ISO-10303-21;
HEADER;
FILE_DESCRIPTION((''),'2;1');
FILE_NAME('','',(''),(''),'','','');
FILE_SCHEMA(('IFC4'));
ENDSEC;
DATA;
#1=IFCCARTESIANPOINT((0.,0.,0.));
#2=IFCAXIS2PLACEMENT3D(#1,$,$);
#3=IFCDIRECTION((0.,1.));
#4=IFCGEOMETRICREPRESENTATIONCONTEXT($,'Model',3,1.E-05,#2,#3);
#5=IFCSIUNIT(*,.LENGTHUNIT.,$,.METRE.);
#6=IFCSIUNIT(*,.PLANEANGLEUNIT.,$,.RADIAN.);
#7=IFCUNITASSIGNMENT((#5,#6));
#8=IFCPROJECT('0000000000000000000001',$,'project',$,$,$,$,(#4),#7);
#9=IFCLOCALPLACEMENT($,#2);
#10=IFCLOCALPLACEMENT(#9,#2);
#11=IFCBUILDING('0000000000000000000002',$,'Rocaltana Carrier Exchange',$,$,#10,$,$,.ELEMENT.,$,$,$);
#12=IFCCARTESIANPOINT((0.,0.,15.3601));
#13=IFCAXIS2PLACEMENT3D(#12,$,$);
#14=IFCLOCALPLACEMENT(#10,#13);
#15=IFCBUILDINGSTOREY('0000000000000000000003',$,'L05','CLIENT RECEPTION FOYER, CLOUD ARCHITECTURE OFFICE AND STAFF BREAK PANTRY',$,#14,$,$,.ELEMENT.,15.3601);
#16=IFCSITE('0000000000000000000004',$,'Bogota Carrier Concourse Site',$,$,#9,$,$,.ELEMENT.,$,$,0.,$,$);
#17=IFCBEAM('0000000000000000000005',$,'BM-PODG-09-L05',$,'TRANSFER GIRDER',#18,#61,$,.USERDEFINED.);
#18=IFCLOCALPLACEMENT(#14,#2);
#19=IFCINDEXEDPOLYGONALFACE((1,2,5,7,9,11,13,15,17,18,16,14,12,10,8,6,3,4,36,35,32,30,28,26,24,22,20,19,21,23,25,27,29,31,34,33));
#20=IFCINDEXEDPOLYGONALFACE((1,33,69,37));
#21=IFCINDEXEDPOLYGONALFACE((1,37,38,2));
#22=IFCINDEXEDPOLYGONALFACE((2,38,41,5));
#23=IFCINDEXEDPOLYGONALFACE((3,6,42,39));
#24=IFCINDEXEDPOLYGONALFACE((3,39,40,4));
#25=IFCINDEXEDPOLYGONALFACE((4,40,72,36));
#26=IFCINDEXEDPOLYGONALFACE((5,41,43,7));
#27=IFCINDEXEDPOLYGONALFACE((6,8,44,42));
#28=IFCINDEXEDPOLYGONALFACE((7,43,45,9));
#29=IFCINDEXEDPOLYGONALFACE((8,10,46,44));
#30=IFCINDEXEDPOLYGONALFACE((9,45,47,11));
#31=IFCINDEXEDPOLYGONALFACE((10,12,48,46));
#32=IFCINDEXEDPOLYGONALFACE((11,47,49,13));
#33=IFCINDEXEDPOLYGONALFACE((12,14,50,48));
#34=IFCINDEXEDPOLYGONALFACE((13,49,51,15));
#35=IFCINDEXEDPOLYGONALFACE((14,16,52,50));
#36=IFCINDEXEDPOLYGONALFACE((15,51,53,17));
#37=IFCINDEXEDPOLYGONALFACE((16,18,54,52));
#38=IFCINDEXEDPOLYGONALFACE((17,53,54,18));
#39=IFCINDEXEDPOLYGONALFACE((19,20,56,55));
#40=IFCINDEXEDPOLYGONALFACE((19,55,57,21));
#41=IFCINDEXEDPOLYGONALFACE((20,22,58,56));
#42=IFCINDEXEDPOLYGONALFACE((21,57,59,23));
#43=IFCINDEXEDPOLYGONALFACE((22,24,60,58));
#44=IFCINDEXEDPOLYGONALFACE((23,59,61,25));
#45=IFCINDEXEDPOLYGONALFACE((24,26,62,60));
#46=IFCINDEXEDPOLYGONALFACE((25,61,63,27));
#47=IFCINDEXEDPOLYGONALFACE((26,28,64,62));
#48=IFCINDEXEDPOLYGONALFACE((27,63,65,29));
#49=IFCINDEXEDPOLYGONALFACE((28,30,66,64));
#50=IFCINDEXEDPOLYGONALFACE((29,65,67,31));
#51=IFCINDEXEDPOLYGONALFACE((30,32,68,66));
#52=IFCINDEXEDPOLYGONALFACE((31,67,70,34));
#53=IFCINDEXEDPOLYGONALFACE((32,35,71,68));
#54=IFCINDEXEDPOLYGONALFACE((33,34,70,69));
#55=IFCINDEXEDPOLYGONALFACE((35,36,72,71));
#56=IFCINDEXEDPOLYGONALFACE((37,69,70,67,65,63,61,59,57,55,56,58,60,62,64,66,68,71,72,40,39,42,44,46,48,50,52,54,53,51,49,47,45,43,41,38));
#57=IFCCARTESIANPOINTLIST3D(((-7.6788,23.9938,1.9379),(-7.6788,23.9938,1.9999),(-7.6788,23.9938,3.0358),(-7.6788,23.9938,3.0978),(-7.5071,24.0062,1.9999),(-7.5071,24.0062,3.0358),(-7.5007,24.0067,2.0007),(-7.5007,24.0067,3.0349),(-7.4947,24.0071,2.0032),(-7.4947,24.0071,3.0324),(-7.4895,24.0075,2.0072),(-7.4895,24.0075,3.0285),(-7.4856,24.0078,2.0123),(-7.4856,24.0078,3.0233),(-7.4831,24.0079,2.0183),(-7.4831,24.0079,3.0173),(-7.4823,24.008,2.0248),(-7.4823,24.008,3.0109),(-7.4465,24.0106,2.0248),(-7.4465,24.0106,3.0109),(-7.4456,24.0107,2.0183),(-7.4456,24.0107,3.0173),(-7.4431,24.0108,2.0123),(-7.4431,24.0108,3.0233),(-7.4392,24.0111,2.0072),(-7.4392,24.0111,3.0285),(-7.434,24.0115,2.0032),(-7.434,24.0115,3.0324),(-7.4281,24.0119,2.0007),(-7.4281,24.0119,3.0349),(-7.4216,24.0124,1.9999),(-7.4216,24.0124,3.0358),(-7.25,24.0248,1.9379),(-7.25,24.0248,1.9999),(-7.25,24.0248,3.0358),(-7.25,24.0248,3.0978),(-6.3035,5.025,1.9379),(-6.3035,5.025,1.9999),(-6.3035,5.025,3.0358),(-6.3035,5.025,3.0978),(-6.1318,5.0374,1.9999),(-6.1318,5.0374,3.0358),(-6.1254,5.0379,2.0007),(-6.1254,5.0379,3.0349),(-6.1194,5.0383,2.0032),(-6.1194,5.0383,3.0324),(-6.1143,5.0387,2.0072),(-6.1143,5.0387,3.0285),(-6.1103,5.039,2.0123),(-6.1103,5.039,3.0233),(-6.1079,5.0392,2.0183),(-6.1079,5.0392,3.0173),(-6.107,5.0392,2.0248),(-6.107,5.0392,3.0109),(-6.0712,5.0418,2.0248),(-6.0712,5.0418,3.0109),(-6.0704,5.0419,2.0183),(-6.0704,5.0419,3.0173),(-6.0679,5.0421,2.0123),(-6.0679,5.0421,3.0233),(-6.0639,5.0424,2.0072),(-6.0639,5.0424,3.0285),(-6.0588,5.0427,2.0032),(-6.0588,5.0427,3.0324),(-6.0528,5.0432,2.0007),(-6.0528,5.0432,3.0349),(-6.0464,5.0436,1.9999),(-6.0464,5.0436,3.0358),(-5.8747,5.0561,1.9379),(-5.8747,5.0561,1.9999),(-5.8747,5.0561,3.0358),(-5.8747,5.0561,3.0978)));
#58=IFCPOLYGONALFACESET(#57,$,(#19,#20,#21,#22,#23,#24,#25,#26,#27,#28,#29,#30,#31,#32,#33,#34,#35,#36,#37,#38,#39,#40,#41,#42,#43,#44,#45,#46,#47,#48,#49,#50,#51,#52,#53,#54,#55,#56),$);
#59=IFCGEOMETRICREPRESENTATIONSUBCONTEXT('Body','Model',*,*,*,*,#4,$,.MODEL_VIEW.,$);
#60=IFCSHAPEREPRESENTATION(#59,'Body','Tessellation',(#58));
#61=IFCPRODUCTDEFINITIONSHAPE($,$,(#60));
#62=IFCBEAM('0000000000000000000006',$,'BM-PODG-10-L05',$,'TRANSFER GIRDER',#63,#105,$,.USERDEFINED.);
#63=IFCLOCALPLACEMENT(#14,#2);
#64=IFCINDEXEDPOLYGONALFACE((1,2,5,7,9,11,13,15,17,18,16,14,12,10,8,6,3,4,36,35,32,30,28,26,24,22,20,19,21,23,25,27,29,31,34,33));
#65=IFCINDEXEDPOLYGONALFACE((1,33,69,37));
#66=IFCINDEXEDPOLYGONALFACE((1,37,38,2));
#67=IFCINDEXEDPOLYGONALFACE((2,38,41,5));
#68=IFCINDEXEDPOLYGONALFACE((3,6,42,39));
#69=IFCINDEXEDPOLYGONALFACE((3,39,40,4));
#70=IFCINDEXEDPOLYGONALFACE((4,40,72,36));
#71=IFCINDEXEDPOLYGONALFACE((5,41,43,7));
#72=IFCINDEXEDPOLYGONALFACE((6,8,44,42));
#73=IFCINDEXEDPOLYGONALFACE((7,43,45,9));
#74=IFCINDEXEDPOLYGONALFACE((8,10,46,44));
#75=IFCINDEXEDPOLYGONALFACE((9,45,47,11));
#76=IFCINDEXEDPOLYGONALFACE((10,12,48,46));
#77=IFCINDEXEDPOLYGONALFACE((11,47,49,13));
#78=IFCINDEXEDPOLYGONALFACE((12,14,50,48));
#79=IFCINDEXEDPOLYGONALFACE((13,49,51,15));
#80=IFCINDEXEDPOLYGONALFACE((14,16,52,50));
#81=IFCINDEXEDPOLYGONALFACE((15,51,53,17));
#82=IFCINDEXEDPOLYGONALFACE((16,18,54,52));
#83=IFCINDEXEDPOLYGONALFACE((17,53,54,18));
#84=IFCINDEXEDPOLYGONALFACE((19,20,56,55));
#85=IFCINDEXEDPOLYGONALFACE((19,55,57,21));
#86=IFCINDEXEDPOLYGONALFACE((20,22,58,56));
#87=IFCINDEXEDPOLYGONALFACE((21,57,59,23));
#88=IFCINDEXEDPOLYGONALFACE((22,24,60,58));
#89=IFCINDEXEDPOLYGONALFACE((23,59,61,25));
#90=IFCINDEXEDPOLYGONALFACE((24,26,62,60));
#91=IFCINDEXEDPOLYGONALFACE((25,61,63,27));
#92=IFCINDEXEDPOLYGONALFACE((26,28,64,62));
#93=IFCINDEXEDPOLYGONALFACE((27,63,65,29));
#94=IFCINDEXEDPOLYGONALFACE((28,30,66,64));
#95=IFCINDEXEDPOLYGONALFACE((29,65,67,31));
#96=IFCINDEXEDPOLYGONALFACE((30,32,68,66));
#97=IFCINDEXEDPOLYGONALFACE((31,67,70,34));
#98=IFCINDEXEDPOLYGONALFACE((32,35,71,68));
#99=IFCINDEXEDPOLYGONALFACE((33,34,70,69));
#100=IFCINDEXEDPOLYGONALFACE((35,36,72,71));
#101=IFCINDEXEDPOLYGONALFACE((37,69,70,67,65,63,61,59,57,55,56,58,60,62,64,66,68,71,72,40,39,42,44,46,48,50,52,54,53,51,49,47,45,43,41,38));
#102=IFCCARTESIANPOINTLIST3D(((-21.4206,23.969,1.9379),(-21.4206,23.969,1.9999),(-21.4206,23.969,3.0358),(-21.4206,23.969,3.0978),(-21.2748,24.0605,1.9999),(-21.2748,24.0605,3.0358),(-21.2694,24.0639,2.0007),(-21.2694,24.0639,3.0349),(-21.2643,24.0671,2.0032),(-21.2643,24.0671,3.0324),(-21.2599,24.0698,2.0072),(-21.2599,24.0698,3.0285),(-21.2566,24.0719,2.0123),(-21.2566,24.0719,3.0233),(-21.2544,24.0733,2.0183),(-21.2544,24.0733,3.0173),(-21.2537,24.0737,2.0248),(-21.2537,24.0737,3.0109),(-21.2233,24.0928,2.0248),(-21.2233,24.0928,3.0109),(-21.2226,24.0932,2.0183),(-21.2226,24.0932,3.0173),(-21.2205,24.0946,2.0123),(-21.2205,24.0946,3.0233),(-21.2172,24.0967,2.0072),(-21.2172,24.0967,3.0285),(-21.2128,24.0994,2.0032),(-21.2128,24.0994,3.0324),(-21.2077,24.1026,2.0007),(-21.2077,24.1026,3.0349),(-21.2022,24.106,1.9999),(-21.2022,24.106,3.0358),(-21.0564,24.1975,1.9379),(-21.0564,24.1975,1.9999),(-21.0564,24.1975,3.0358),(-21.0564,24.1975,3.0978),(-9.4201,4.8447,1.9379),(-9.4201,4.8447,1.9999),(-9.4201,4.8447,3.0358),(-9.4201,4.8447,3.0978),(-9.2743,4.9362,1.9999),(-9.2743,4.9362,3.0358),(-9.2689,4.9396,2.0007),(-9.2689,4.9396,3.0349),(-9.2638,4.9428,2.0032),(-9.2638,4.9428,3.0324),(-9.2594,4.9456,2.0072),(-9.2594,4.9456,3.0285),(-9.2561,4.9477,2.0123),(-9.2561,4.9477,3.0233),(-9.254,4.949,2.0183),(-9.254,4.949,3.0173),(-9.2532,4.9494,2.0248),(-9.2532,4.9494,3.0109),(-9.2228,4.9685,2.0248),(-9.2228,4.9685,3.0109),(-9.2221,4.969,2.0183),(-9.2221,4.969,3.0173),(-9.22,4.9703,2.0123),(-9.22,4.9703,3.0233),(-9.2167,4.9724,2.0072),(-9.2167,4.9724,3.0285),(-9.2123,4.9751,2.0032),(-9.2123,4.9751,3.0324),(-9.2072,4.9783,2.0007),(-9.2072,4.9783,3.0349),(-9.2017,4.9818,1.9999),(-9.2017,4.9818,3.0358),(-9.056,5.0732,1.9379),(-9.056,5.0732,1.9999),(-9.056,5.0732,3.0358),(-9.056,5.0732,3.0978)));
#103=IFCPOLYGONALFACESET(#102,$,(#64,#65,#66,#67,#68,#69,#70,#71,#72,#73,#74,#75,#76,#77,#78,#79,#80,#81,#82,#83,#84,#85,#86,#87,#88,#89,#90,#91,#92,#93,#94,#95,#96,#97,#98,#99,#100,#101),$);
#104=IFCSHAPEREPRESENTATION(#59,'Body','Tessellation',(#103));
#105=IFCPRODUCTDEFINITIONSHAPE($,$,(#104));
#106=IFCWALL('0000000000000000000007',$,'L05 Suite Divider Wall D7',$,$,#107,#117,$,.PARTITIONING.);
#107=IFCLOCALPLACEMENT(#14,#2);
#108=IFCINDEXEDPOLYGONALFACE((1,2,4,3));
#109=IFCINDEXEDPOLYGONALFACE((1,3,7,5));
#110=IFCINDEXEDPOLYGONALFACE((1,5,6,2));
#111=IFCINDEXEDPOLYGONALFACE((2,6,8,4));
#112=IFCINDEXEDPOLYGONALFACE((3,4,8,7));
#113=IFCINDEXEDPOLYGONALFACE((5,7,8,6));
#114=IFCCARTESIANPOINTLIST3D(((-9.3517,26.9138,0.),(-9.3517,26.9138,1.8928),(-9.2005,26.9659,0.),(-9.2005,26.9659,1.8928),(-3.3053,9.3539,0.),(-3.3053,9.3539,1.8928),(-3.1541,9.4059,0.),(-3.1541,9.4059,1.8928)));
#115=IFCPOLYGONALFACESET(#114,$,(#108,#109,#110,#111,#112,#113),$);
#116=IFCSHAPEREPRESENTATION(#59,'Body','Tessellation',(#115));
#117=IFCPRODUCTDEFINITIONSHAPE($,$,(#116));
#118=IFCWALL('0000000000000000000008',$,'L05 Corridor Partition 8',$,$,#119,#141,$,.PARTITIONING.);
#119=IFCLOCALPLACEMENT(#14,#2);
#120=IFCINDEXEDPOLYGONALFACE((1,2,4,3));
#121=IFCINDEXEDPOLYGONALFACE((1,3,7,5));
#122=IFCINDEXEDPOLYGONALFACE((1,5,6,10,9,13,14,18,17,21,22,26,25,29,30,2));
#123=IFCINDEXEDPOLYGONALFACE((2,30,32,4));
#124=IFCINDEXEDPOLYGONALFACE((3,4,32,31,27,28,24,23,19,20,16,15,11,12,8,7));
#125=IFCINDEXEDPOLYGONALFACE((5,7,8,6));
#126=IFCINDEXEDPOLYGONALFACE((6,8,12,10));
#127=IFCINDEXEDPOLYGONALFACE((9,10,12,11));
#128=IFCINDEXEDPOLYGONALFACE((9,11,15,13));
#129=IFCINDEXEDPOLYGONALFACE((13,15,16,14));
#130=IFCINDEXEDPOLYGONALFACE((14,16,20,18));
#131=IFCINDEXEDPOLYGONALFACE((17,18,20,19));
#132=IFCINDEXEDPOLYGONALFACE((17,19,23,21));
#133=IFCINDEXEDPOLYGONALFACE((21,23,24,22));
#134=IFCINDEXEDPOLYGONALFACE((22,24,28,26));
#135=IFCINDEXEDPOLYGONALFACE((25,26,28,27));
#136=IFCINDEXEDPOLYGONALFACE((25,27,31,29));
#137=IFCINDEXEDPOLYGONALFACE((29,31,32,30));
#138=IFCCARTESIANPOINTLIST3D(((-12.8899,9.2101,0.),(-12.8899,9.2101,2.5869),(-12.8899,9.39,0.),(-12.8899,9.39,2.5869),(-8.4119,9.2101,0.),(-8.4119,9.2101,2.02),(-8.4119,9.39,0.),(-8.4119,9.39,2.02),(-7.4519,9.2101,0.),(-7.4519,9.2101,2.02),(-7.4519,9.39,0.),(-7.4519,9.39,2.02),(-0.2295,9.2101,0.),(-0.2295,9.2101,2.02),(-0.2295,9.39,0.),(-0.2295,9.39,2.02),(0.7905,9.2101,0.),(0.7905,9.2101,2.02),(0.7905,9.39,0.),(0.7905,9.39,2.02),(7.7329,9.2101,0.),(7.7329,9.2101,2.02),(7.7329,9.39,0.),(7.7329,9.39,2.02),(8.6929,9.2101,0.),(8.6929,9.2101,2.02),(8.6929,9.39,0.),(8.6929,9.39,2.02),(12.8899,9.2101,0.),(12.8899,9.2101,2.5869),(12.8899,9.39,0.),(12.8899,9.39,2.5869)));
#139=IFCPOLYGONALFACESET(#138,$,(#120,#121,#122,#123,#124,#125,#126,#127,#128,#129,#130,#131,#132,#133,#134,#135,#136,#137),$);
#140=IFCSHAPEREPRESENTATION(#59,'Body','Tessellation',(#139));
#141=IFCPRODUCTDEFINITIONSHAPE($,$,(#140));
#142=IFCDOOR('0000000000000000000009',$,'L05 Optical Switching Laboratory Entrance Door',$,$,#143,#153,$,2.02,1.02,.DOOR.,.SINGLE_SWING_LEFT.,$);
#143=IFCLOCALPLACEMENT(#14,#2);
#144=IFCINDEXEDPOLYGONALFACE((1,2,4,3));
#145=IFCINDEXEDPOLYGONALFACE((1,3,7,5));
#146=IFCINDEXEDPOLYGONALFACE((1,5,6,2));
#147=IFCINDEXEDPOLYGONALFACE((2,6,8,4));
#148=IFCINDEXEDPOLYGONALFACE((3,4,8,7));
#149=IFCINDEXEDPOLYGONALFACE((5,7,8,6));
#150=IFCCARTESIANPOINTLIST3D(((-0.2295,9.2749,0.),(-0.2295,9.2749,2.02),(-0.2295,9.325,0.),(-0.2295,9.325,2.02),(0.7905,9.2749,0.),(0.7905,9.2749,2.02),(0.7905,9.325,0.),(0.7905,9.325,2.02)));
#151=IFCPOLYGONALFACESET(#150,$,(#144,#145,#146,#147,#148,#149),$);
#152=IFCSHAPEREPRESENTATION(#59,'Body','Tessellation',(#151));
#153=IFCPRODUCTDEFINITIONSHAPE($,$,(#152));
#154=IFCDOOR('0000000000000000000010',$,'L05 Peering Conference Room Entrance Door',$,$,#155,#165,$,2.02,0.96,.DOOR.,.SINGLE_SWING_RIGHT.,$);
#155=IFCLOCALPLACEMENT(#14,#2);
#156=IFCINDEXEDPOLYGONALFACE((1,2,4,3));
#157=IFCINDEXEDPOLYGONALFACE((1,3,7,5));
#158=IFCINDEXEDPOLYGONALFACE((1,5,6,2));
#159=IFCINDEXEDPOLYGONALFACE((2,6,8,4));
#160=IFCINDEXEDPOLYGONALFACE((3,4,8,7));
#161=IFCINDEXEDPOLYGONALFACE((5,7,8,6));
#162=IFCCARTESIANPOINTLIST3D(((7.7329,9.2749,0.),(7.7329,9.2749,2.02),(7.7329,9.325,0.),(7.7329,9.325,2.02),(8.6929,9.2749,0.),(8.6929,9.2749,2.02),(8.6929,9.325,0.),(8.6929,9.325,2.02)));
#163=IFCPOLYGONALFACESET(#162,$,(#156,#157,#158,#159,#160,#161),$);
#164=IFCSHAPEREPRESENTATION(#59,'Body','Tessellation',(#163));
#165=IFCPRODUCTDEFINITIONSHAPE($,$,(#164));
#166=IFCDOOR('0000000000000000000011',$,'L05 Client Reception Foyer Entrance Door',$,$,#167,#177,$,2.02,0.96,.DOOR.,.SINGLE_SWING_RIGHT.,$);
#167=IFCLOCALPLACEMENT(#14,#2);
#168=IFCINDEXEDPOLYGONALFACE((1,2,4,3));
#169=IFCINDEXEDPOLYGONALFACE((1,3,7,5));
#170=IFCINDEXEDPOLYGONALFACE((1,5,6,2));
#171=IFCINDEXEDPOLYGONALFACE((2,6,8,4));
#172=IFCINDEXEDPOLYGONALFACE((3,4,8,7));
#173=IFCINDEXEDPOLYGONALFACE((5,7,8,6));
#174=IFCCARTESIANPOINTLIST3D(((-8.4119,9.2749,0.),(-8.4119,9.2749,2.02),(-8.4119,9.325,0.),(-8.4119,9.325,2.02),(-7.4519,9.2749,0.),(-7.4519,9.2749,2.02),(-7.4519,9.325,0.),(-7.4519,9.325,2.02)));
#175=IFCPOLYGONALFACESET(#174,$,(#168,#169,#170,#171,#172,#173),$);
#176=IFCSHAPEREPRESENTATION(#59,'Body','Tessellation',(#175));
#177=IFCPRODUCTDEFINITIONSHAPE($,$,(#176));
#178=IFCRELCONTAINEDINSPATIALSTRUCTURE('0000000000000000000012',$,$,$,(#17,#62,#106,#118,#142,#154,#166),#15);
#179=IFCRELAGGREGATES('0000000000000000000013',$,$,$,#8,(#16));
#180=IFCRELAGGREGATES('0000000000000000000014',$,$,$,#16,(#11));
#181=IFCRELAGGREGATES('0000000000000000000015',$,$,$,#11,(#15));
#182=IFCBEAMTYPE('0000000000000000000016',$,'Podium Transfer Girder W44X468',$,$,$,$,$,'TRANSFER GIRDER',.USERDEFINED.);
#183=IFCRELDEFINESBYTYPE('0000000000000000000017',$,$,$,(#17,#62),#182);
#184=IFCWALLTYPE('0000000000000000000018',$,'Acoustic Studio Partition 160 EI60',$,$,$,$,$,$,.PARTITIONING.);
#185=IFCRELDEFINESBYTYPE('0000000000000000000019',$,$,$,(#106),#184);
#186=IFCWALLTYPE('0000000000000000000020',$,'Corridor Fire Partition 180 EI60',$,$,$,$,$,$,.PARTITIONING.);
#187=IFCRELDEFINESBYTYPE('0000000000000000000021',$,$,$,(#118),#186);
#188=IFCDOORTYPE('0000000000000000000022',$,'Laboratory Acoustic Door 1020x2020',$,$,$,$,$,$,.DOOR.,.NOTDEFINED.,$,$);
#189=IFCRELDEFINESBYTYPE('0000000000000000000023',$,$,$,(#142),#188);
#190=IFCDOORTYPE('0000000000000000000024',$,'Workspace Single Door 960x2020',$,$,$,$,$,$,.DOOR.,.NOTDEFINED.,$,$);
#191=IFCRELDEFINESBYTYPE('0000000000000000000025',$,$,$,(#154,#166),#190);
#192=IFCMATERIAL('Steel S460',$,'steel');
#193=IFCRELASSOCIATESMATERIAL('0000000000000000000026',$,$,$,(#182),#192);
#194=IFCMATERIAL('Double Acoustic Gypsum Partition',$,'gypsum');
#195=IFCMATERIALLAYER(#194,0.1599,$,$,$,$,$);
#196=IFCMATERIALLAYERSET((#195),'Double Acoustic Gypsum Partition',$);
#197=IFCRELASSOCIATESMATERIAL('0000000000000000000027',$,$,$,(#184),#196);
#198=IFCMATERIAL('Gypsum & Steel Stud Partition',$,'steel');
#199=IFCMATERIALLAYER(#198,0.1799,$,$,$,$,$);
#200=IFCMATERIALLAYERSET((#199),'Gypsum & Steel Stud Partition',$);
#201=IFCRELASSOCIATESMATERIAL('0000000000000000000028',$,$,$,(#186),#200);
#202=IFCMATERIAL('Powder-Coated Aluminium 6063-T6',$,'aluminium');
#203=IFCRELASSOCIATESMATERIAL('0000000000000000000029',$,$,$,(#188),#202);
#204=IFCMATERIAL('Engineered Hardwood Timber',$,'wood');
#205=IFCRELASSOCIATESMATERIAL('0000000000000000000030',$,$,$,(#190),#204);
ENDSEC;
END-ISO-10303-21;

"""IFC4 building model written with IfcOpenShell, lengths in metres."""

from ifc_helpers import new_model, si_unit, direction, frame, frame_2d, origin, origin_2d, place, context, subcontext, project, spatial, rectangle, i_section, extrude, material, layer, layer_set, material_profile, profile_set, type_object, element, fill, save


model = new_model("IFC4")

# Units and contexts
model_context = context("Model", 3, precision=1e-05, world=origin(), true_north=direction((0.0, 1.0)))
body_context = subcontext(model_context, "Body", "Model", "MODEL_VIEW")
ifc_project = project(units=[si_unit("LENGTHUNIT", "METRE"), si_unit("PLANEANGLEUNIT", "RADIAN")], contexts=[model_context])

# Site, building, storey
site_placement = place(None, origin())
site = spatial("IfcSite", under=ifc_project, at=site_placement, Name="Bogota Carrier Concourse Site", CompositionType="ELEMENT", RefElevation=0.0)
building_placement = place(site_placement, origin())
building = spatial("IfcBuilding", under=site, at=building_placement, Name="Rocaltana Carrier Exchange", CompositionType="ELEMENT")
storey_placement = place(building_placement, frame((0.0, 0.0, 15.3601)))
storey = spatial("IfcBuildingStorey", under=building, at=storey_placement, Name="L05", Description="CLIENT RECEPTION FOYER, CLOUD ARCHITECTURE OFFICE AND STAFF BREAK PANTRY", CompositionType="ELEMENT", Elevation=15.3601)

# Beams
ifc_material_1 = material(Name="Steel S460", Category="steel")
ifc_material_profile_1 = material_profile(ifc_material_1, i_section(OverallWidth=0.4299, OverallDepth=1.1599, WebThickness=0.0359, FlangeThickness=0.062, FilletRadius=0.0249, at=origin_2d()), Name="W44X468")
ifc_profile_set_1 = profile_set([ifc_material_profile_1], Name="Steel S460")
beam_type_1 = type_object("IfcBeamType", Name="Podium Transfer Girder W44X468", ElementType="TRANSFER GIRDER", PredefinedType="USERDEFINED", material=ifc_profile_set_1)
beam_1_placement = place(storey_placement, frame((-6.0891, 5.0405, 2.5178), z_axis=(-0.072311, 0.997382, 0.0), x_axis=(-0.997382, -0.072311, 0.0)))
element("IfcBeam", 1, at=beam_1_placement, inside=storey, type_object=beam_type_1, Name="BM-PODG-09-L05", ObjectType="TRANSFER GIRDER", PredefinedType="USERDEFINED", context=body_context, shape_type="SweptSolid", body=[
    extrude(i_section(OverallWidth=0.4299, OverallDepth=1.1599, WebThickness=0.0359, FlangeThickness=0.062, FilletRadius=0.0249, at=origin_2d()), origin(), (0.0, 0.0, 1.0), 19.0186),
])
beam_2_placement = place(storey_placement, frame((-9.238, 4.959, 2.5178), z_axis=(-0.531521, 0.847045, 0.0), x_axis=(-0.847045, -0.531521, 0.0)))
element("IfcBeam", 2, at=beam_2_placement, inside=storey, type_object=beam_type_1, Name="BM-PODG-10-L05", ObjectType="TRANSFER GIRDER", PredefinedType="USERDEFINED", context=body_context, shape_type="SweptSolid", body=[
    extrude(i_section(OverallWidth=0.4299, OverallDepth=1.1599, WebThickness=0.0359, FlangeThickness=0.062, FilletRadius=0.0249, at=origin_2d()), origin(), (0.0, 0.0, 1.0), 22.5776),
])

# Wall
ifc_material_2 = material(Name="Double Acoustic Gypsum Partition", Category="gypsum")
ifc_layer_1 = layer(ifc_material_2, 0.1599)
ifc_layer_set_1 = layer_set([ifc_layer_1], Name="Double Acoustic Gypsum Partition")
wall_type_1 = type_object("IfcWallType", Name="Acoustic Studio Partition 160 EI60", PredefinedType="PARTITIONING", material=ifc_layer_set_1)
wall_1_placement = place(storey_placement, frame((-3.2297, 9.3799, 0.0), z_axis=(0.0, 0.0, 1.0), x_axis=(-0.325567, 0.945519, 0.0)))
element("IfcWall", 3, at=wall_1_placement, inside=storey, type_object=wall_type_1, Name="L05 Suite Divider Wall D7", PredefinedType="PARTITIONING", context=body_context, shape_type="SweptSolid", body=[
    extrude(rectangle(XDim=18.5718, YDim=0.1599, at=frame_2d((9.2859, 0.0))), origin(), (0.0, 0.0, 1.0), 1.8928),
])

# Wall, openings, doors
ifc_material_3 = material(Name="Gypsum & Steel Stud Partition", Category="steel")
ifc_layer_2 = layer(ifc_material_3, 0.1799)
ifc_layer_set_2 = layer_set([ifc_layer_2], Name="Gypsum & Steel Stud Partition")
wall_type_2 = type_object("IfcWallType", Name="Corridor Fire Partition 180 EI60", PredefinedType="PARTITIONING", material=ifc_layer_set_2)
wall_2_placement = place(storey_placement, frame((-12.8899, 9.3, 0.0), z_axis=(0.0, 0.0, 1.0), x_axis=(1.0, 0.0, 0.0)))
wall_2 = element("IfcWall", 4, at=wall_2_placement, inside=storey, type_object=wall_type_2, Name="L05 Corridor Partition 8", PredefinedType="PARTITIONING", context=body_context, shape_type="SweptSolid", body=[
    extrude(rectangle(XDim=25.7798, YDim=0.1799, at=frame_2d((12.8899, 0.0))), origin(), (0.0, 0.0, 1.0), 2.5869),
])
opening_1_placement = place(wall_2_placement, frame((20.6228, 0.0, 0.0)))
opening_1 = element("IfcOpeningElement", 5, at=opening_1_placement, cuts=wall_2, PredefinedType="OPENING", context=body_context, shape_type="SweptSolid", body=[
    extrude(rectangle(XDim=0.96, YDim=2.02, at=frame_2d((0.48, 1.01))), frame((0.0, 0.0999, 0.0), z_axis=(0.0, -1.0, 0.0), x_axis=(1.0, 0.0, 0.0)), (0.0, 0.0, 1.0), 0.2),
])
opening_2_placement = place(wall_2_placement, frame((12.6604, 0.0, 0.0)))
opening_2 = element("IfcOpeningElement", 6, at=opening_2_placement, cuts=wall_2, PredefinedType="OPENING", context=body_context, shape_type="SweptSolid", body=[
    extrude(rectangle(XDim=1.02, YDim=2.02, at=frame_2d((0.51, 1.01))), frame((0.0, 0.0999, 0.0), z_axis=(0.0, -1.0, 0.0), x_axis=(1.0, 0.0, 0.0)), (0.0, 0.0, 1.0), 0.2),
])
opening_3_placement = place(wall_2_placement, frame((4.478, 0.0, 0.0)))
opening_3 = element("IfcOpeningElement", 7, at=opening_3_placement, cuts=wall_2, PredefinedType="OPENING", context=body_context, shape_type="SweptSolid", body=[
    extrude(rectangle(XDim=0.96, YDim=2.02, at=frame_2d((0.48, 1.01))), frame((0.0, 0.0999, 0.0), z_axis=(0.0, -1.0, 0.0), x_axis=(1.0, 0.0, 0.0)), (0.0, 0.0, 1.0), 0.2),
])
ifc_material_4 = material(Name="Powder-Coated Aluminium 6063-T6", Category="aluminium")
door_type_1 = type_object("IfcDoorType", Name="Laboratory Acoustic Door 1020x2020", OperationType="NOTDEFINED", PredefinedType="DOOR", material=ifc_material_4)
door_1_placement = place(opening_2_placement, origin())
door_1 = element("IfcDoor", 8, at=door_1_placement, inside=storey, type_object=door_type_1, Name="L05 Optical Switching Laboratory Entrance Door", OperationType="SINGLE_SWING_LEFT", OverallHeight=2.02, OverallWidth=1.02, PredefinedType="DOOR", context=body_context, shape_type="SweptSolid", body=[
    extrude(rectangle(XDim=1.02, YDim=2.02, at=frame_2d((0.51, 1.01))), frame((0.0, 0.0249, 0.0), z_axis=(0.0, -1.0, 0.0), x_axis=(1.0, 0.0, 0.0)), (0.0, 0.0, 1.0), 0.05),
])
fill(opening_2, door_1)
ifc_material_5 = material(Name="Engineered Hardwood Timber", Category="wood")
door_type_2 = type_object("IfcDoorType", Name="Workspace Single Door 960x2020", OperationType="NOTDEFINED", PredefinedType="DOOR", material=ifc_material_5)
door_2_placement = place(opening_1_placement, origin())
door_2 = element("IfcDoor", 9, at=door_2_placement, inside=storey, type_object=door_type_2, Name="L05 Peering Conference Room Entrance Door", OperationType="SINGLE_SWING_RIGHT", OverallHeight=2.02, OverallWidth=0.96, PredefinedType="DOOR", context=body_context, shape_type="SweptSolid", body=[
    extrude(rectangle(XDim=0.96, YDim=2.02, at=frame_2d((0.48, 1.01))), frame((0.0, 0.0249, 0.0), z_axis=(0.0, -1.0, 0.0), x_axis=(1.0, 0.0, 0.0)), (0.0, 0.0, 1.0), 0.05),
])
fill(opening_1, door_2)
door_3_placement = place(opening_3_placement, origin())
door_3 = element("IfcDoor", 10, at=door_3_placement, inside=storey, type_object=door_type_2, Name="L05 Client Reception Foyer Entrance Door", OperationType="SINGLE_SWING_RIGHT", OverallHeight=2.02, OverallWidth=0.96, PredefinedType="DOOR", context=body_context, shape_type="SweptSolid", body=[
    extrude(rectangle(XDim=0.96, YDim=2.02, at=frame_2d((0.48, 1.01))), frame((0.0, 0.0249, 0.0), z_axis=(0.0, -1.0, 0.0), x_axis=(1.0, 0.0, 0.0)), (0.0, 0.0, 1.0), 0.05),
])
fill(opening_3, door_3)

save(model, "model.ifc")
